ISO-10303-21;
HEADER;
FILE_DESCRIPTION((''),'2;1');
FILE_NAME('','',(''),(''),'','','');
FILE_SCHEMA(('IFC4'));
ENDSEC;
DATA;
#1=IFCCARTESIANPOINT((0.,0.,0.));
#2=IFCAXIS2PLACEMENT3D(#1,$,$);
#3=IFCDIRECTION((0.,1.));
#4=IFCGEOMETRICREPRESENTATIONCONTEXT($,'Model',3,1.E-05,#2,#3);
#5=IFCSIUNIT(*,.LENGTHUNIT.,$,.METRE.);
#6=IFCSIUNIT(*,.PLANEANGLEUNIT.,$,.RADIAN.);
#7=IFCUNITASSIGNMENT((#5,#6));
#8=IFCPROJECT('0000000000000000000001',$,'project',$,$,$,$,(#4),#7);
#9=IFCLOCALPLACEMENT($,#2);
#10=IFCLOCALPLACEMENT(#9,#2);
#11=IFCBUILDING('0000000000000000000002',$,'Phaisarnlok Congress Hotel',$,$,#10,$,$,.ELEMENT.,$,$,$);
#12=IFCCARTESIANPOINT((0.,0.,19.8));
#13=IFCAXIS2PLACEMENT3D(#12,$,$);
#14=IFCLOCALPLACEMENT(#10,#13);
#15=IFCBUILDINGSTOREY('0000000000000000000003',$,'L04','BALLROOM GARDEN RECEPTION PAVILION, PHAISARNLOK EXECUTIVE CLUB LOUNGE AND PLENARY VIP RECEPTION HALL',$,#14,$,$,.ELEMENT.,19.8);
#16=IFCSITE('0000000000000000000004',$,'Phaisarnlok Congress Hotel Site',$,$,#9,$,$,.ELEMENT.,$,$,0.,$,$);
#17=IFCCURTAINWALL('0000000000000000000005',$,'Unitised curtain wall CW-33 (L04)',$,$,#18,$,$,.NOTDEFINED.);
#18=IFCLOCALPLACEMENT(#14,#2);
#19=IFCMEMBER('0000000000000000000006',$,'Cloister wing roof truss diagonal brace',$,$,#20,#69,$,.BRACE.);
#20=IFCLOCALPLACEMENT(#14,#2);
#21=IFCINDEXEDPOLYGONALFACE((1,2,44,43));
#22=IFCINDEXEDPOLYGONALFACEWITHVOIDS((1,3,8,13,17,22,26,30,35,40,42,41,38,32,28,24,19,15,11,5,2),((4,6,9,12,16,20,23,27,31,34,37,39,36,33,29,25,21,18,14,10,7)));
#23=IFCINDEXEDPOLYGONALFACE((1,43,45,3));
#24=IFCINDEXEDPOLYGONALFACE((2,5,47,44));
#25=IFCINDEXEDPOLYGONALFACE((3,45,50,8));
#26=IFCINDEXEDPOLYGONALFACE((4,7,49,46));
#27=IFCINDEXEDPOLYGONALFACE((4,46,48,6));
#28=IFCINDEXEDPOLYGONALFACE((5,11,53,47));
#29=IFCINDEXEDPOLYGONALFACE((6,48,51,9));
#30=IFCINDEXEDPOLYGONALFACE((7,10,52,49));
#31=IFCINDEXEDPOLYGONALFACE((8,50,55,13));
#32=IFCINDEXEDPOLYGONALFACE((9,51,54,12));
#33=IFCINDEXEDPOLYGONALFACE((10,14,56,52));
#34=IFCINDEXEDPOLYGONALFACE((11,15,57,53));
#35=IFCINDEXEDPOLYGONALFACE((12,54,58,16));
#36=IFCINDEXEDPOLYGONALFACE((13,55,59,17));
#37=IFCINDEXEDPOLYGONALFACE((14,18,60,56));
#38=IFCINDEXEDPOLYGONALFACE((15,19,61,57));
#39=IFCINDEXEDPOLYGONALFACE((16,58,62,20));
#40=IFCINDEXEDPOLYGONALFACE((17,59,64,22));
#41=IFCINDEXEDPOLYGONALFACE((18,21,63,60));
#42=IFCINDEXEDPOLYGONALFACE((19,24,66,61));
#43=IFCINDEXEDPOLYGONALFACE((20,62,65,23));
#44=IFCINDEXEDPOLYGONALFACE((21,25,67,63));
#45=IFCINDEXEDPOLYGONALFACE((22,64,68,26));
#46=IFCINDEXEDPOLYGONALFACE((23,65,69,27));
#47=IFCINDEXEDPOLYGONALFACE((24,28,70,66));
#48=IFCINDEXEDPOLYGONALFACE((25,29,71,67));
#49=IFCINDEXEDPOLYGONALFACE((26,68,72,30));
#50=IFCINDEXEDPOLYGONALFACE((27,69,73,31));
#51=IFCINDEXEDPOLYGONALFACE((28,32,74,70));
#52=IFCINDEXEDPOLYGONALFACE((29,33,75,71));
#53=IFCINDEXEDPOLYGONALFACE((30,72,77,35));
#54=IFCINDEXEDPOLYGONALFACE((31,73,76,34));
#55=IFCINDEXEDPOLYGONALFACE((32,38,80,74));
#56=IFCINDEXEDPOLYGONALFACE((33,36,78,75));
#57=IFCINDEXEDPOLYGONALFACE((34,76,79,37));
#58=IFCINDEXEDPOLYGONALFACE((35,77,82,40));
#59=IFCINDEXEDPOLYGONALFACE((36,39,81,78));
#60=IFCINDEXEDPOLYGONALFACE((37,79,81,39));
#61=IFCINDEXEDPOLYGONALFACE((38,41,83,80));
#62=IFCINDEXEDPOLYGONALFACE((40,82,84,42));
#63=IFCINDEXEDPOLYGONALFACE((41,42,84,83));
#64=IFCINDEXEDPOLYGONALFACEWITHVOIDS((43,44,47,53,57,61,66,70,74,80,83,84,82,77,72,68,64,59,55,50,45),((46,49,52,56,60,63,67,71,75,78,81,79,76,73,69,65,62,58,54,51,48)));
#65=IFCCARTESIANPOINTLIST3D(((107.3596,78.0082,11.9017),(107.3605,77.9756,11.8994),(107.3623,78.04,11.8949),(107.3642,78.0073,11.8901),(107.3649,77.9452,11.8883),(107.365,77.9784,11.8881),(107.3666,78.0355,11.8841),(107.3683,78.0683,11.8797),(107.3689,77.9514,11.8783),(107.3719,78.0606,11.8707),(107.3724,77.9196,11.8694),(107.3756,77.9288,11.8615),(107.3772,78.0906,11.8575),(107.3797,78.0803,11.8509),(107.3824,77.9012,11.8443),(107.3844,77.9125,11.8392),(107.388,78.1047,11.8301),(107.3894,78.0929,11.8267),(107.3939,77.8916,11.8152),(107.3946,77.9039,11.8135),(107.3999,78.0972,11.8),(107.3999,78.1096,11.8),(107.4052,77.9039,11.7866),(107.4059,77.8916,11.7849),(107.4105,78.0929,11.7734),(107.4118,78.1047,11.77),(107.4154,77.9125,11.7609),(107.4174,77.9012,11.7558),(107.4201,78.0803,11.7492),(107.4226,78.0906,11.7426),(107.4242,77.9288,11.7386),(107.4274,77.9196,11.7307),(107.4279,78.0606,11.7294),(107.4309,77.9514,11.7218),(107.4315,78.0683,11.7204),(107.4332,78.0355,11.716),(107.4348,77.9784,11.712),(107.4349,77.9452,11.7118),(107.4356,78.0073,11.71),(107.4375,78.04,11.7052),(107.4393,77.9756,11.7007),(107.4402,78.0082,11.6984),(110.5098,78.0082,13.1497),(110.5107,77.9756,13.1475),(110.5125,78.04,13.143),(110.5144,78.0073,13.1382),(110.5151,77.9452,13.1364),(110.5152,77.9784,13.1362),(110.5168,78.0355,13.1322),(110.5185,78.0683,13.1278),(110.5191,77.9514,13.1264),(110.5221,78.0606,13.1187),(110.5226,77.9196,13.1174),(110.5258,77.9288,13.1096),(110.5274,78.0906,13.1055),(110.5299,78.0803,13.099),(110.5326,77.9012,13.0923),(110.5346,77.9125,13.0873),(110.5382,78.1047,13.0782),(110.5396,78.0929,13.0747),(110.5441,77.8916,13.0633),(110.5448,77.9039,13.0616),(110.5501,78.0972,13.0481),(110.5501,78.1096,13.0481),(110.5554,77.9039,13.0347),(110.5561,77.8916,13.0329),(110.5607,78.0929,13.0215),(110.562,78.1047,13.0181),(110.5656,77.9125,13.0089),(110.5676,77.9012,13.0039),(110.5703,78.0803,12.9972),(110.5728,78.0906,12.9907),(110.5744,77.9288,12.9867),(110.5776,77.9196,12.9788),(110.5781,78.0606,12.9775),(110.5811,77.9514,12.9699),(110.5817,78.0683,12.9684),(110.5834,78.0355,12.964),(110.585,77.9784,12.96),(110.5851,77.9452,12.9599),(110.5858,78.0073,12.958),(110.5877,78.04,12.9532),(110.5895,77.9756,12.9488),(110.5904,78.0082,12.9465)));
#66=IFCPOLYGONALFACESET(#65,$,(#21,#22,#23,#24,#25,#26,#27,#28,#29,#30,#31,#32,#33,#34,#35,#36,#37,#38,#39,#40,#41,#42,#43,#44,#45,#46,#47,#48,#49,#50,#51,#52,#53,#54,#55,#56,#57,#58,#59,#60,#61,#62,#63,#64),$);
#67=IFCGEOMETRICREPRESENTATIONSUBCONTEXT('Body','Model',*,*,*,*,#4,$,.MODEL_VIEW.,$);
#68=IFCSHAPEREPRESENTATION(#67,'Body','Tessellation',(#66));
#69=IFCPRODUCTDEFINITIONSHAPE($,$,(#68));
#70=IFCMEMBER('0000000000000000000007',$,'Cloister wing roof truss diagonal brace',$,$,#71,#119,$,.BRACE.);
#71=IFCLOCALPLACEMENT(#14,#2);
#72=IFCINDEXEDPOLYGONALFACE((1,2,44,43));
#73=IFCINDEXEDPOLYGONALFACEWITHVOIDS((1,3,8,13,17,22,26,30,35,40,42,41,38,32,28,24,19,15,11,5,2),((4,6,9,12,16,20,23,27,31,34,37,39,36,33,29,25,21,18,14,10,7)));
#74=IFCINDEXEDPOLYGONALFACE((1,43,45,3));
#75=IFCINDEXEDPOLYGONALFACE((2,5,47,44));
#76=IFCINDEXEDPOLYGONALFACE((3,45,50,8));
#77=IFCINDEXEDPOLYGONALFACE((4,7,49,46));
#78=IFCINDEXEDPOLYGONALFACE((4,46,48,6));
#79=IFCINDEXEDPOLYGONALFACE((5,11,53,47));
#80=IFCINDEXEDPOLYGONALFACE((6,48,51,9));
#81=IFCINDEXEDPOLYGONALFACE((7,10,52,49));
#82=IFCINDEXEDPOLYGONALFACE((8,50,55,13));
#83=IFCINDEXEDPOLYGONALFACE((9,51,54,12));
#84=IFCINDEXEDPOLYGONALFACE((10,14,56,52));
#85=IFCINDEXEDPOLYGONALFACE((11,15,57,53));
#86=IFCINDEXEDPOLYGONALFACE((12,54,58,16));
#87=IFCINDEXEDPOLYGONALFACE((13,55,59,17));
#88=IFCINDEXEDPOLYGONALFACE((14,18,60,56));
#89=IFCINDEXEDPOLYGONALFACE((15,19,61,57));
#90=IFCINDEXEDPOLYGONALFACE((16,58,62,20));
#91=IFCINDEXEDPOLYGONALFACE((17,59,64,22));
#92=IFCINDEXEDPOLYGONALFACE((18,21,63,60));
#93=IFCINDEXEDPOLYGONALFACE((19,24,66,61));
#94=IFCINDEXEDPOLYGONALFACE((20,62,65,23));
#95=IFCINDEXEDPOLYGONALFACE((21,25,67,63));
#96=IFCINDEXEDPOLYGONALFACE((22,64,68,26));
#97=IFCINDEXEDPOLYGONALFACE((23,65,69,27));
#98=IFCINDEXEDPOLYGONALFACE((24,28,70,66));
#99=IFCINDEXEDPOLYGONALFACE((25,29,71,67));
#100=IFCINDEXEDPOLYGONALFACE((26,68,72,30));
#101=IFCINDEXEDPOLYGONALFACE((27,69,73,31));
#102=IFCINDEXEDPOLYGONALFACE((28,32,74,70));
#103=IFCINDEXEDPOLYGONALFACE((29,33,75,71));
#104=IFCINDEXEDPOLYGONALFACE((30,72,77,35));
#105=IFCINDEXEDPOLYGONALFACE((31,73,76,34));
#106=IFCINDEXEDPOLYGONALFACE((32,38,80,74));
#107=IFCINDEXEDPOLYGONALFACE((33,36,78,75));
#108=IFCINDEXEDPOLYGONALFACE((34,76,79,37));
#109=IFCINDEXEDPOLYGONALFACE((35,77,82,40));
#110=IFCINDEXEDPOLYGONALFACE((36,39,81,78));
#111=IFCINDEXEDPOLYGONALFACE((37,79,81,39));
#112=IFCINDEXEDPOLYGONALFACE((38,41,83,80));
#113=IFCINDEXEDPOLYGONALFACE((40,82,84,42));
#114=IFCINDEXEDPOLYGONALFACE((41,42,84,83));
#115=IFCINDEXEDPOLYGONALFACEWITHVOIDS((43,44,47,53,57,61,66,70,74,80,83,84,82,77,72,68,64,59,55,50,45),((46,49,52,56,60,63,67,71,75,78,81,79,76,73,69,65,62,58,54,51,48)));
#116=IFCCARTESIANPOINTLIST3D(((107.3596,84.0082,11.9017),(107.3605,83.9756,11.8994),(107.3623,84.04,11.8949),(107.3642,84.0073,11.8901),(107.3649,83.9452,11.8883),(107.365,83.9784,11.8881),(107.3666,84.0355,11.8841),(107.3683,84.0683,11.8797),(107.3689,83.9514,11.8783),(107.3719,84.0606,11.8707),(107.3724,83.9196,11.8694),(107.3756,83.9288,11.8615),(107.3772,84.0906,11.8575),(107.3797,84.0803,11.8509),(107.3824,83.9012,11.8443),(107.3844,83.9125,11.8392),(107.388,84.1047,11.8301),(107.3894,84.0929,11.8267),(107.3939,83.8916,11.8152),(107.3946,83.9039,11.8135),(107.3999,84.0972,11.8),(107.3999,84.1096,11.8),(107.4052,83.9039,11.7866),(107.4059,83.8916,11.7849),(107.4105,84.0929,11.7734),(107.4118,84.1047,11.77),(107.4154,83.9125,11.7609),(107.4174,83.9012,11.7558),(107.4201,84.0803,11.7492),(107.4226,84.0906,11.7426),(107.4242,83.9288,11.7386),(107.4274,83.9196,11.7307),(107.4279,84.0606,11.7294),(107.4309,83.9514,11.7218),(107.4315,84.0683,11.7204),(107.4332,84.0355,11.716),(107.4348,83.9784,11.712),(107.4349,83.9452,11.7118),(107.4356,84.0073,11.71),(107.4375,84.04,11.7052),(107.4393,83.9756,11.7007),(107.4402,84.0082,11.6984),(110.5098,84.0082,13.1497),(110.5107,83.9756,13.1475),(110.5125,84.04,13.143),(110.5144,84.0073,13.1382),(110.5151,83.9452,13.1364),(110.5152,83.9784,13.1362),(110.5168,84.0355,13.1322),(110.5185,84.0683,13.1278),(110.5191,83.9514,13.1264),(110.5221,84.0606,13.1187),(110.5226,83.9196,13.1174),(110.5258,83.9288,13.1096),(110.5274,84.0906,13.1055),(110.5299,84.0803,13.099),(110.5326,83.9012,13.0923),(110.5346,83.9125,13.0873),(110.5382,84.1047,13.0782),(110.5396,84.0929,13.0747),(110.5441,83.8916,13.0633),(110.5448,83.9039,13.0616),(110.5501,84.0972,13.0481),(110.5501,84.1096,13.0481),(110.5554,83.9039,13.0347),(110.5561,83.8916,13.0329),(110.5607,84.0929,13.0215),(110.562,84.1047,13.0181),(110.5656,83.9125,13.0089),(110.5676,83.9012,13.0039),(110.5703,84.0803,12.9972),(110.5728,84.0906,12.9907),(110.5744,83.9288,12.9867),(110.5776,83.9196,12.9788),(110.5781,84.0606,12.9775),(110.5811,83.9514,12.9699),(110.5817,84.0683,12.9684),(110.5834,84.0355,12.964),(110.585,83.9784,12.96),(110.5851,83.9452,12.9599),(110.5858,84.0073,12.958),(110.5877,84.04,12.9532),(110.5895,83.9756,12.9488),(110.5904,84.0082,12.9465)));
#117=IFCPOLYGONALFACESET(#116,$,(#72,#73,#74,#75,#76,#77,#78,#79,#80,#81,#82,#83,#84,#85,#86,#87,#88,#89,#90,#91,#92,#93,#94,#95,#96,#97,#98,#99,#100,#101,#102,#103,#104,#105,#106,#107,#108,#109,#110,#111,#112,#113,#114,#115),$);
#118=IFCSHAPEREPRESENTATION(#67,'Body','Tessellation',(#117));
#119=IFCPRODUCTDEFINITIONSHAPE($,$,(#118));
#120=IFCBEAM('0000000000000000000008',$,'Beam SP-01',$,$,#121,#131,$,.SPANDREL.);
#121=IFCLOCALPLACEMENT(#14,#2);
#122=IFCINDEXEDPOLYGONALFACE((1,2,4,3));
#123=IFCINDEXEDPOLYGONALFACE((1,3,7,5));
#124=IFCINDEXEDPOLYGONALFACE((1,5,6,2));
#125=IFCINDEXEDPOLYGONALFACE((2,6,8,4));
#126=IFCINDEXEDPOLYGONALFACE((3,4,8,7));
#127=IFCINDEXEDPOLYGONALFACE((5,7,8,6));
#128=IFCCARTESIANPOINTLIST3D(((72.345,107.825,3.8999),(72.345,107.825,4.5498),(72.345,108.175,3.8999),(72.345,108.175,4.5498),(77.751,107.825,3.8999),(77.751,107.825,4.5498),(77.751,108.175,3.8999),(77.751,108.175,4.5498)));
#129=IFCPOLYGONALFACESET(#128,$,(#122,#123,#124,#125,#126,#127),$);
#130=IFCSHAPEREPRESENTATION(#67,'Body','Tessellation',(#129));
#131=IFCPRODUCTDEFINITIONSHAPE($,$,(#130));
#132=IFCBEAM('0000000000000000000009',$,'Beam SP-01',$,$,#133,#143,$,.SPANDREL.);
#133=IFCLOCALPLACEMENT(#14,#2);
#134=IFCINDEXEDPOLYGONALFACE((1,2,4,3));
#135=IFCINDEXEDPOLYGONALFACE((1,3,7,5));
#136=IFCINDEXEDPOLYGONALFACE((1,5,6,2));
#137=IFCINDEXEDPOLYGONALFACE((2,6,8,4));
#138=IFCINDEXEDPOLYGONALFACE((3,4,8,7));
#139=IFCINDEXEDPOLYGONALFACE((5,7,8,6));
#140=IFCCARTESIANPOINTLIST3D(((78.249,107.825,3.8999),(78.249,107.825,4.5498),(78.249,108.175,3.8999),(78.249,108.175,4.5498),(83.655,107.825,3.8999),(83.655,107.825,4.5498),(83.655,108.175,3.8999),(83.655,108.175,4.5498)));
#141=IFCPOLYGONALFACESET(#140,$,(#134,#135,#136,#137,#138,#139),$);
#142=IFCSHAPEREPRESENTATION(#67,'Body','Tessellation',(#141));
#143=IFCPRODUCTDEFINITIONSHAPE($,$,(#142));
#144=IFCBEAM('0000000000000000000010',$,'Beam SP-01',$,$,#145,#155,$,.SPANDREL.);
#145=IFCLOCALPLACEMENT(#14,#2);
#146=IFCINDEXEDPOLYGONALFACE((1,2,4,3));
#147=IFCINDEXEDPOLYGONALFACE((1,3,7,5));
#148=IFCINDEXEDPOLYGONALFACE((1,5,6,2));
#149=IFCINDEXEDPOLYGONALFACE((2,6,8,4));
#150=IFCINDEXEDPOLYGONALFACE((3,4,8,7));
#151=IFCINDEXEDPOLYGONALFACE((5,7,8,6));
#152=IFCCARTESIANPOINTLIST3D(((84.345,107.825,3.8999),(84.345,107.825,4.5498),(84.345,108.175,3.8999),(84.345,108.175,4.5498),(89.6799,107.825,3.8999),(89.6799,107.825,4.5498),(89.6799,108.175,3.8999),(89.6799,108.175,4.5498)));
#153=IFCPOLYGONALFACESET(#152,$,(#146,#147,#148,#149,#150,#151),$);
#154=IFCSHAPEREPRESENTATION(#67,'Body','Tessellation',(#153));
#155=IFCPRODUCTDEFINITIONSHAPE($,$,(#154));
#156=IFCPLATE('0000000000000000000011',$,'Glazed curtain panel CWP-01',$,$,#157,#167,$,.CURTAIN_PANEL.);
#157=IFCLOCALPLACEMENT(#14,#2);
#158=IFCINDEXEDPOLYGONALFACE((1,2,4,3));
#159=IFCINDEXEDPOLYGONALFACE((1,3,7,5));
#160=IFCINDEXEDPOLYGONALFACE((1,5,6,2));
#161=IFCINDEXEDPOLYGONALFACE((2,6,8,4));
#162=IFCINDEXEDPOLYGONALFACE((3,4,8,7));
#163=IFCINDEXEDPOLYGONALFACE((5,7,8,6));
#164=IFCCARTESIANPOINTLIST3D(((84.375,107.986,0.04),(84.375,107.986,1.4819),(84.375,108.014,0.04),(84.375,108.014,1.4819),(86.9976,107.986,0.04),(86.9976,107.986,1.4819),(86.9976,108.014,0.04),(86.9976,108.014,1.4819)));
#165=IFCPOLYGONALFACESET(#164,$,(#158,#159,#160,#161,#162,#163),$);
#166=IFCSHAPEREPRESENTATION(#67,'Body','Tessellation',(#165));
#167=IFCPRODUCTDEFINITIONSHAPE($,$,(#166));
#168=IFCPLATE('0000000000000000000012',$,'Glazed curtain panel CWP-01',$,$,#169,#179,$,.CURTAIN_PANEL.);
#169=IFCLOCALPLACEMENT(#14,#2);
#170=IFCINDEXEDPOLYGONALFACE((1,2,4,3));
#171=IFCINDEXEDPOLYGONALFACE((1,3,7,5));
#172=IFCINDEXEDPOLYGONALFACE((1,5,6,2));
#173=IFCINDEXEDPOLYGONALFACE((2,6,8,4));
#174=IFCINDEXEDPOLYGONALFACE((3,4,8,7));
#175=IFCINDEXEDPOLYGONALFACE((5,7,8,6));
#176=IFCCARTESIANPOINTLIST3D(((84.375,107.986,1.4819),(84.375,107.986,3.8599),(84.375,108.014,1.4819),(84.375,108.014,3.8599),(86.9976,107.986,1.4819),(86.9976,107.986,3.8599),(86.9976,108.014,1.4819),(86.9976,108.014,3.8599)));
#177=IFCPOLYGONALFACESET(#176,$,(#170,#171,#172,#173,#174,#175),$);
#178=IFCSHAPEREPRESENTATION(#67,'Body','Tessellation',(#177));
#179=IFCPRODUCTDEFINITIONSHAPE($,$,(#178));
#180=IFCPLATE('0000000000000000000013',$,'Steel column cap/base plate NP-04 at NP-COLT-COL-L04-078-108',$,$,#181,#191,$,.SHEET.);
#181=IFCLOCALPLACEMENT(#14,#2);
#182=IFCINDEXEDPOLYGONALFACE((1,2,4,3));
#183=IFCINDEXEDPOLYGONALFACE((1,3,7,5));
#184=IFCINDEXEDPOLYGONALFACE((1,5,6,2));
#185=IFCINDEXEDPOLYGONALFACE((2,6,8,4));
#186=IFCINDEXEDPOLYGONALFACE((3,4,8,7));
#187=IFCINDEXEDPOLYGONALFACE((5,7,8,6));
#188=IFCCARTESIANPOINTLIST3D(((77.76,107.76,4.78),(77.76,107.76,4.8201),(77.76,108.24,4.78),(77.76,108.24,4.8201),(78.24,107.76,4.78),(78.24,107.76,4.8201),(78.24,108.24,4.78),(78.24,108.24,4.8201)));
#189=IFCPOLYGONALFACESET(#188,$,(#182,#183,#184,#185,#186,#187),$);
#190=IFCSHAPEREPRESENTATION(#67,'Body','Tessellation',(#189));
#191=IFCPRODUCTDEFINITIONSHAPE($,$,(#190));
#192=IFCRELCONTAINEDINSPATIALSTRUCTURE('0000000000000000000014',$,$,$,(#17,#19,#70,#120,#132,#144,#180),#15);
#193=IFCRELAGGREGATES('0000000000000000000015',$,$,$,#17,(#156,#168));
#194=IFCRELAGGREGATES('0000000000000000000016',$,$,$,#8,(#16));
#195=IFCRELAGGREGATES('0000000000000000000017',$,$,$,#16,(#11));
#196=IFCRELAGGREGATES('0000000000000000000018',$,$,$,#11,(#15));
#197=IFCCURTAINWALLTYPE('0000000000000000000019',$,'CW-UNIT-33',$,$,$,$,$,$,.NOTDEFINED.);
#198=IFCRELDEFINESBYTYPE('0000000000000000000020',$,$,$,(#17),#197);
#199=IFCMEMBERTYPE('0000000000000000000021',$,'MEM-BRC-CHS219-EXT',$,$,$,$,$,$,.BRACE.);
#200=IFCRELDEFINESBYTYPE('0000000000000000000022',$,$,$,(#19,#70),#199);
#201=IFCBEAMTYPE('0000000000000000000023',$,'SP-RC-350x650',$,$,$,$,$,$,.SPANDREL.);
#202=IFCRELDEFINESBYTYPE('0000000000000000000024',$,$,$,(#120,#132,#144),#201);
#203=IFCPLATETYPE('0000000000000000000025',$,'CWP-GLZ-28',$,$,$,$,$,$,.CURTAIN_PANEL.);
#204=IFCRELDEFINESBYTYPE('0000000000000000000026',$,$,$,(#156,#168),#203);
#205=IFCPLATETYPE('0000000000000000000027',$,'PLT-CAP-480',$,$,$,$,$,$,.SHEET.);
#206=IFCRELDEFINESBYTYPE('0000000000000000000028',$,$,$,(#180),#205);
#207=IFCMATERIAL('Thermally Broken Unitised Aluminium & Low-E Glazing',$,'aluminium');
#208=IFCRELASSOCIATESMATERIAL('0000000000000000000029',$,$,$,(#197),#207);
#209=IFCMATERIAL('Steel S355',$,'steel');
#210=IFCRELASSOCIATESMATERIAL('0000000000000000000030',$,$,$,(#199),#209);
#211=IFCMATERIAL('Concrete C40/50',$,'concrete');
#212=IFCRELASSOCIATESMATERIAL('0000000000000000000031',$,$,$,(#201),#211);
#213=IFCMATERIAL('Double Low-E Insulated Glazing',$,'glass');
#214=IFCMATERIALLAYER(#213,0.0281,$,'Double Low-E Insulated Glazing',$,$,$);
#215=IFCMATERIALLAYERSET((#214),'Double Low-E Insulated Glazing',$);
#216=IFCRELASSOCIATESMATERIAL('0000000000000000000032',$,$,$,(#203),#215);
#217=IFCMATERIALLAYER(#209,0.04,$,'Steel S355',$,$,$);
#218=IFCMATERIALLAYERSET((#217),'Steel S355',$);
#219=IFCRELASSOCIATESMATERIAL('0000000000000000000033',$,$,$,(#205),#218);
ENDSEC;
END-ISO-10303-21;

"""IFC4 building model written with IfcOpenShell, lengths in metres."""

from ifc_helpers import new_model, si_unit, direction, frame, frame_2d, origin, origin_2d, place, context, subcontext, project, spatial, rectangle, hollow_circle, extrude, material, layer, layer_set, material_profile, profile_set, type_object, element, aggregate, save


model = new_model("IFC4")

# Units and contexts
model_context = context("Model", 3, precision=1e-05, world=origin(), true_north=direction((0.0, 1.0)))
body_context = subcontext(model_context, "Body", "Model", "MODEL_VIEW")
ifc_project = project(units=[si_unit("LENGTHUNIT", "METRE"), si_unit("PLANEANGLEUNIT", "RADIAN")], contexts=[model_context])

# Site, building, storey
site_placement = place(None, origin())
site = spatial("IfcSite", under=ifc_project, at=site_placement, Name="Phaisarnlok Congress Hotel Site", CompositionType="ELEMENT", RefElevation=0.0)
building_placement = place(site_placement, origin())
building = spatial("IfcBuilding", under=site, at=building_placement, Name="Phaisarnlok Congress Hotel", CompositionType="ELEMENT")
storey_placement = place(building_placement, frame((0.0, 0.0, 19.8)))
storey = spatial("IfcBuildingStorey", under=building, at=storey_placement, Name="L04", Description="BALLROOM GARDEN RECEPTION PAVILION, PHAISARNLOK EXECUTIVE CLUB LOUNGE AND PLENARY VIP RECEPTION HALL", CompositionType="ELEMENT", Elevation=19.8)

# Shared definitions
ifc_material_1 = material(Name="Steel S355", Category="steel")

# Curtain wall
ifc_material_2 = material(Name="Thermally Broken Unitised Aluminium & Low-E Glazing", Category="aluminium")
curtain_wall_type = type_object("IfcCurtainWallType", Name="CW-UNIT-33", PredefinedType="NOTDEFINED", material=ifc_material_2)
curtain_wall_placement = place(storey_placement, origin())
curtain_wall = element("IfcCurtainWall", 1, at=curtain_wall_placement, inside=storey, type_object=curtain_wall_type, Name="Unitised curtain wall CW-33 (L04)", PredefinedType="NOTDEFINED")

# Members
ifc_material_profile_1 = material_profile(ifc_material_1, hollow_circle(Radius=0.1096, WallThickness=0.0125, at=origin_2d()), Name="CHS 219.1x12.5")
ifc_profile_set_1 = profile_set([ifc_material_profile_1], Name="Steel S355")
member_type_1 = type_object("IfcMemberType", Name="MEM-BRC-CHS219-EXT", PredefinedType="BRACE", material=ifc_profile_set_1)
for number, where, z_axis, x_axis, name in (
    (2, (107.3999, 78.0, 11.8), (0.929694, 0.0, 0.368333), (0.0, 1.0, 0.0), "Cloister wing roof truss diagonal brace"),
    (3, (107.3999, 84.0, 11.8), (0.929694, 0.0, 0.368333), (0.0, 1.0, 0.0), "Cloister wing roof truss diagonal brace"),
):
    element("IfcMember", number, at=place(storey_placement, frame(where, z_axis=z_axis, x_axis=x_axis)), inside=storey, type_object=member_type_1, Name=name, PredefinedType="BRACE", context=body_context, shape_type="SweptSolid", body=[
        extrude(hollow_circle(Radius=0.1096, WallThickness=0.0125, at=origin_2d()), origin(), (0.0, 0.0, 1.0), 3.3884),
    ])

# Beams
ifc_material_3 = material(Name="Concrete C40/50", Category="concrete")
ifc_material_profile_2 = material_profile(ifc_material_3, rectangle(XDim=0.3501, YDim=0.6499, at=origin_2d()), Name="RC 350x650")
ifc_profile_set_2 = profile_set([ifc_material_profile_2], Name="Concrete C40/50")
beam_type_1 = type_object("IfcBeamType", Name="SP-RC-350x650", PredefinedType="SPANDREL", material=ifc_profile_set_2)
for number, where, z_axis, x_axis, name in (
    (4, (72.345, 108.0, 4.2249), (1.0, 0.0, 0.0), (0.0, 1.0, 0.0), "Beam SP-01"),
    (5, (78.249, 108.0, 4.2249), (1.0, 0.0, 0.0), (0.0, 1.0, 0.0), "Beam SP-01"),
):
    element("IfcBeam", number, at=place(storey_placement, frame(where, z_axis=z_axis, x_axis=x_axis)), inside=storey, type_object=beam_type_1, Name=name, PredefinedType="SPANDREL", context=body_context, shape_type="SweptSolid", body=[
        extrude(rectangle(XDim=0.3501, YDim=0.6499, at=origin_2d()), origin(), (0.0, 0.0, 1.0), 5.406),
    ])
beam_1_placement = place(storey_placement, frame((84.345, 108.0, 4.2249), z_axis=(1.0, 0.0, 0.0), x_axis=(0.0, 1.0, 0.0)))
element("IfcBeam", 6, at=beam_1_placement, inside=storey, type_object=beam_type_1, Name="Beam SP-01", PredefinedType="SPANDREL", context=body_context, shape_type="SweptSolid", body=[
    extrude(rectangle(XDim=0.3501, YDim=0.6499, at=origin_2d()), origin(), (0.0, 0.0, 1.0), 5.335),
])

# Plates
ifc_material_4 = material(Name="Double Low-E Insulated Glazing", Category="glass")
ifc_layer_1 = layer(ifc_material_4, 0.0281, Name="Double Low-E Insulated Glazing")
ifc_layer_set_1 = layer_set([ifc_layer_1], Name="Double Low-E Insulated Glazing")
plate_type_1 = type_object("IfcPlateType", Name="CWP-GLZ-28", PredefinedType="CURTAIN_PANEL", material=ifc_layer_set_1)
plate_1_placement = place(storey_placement, frame((84.375, 108.0, 0.04), z_axis=(0.0, 0.0, 1.0), x_axis=(1.0, 0.0, 0.0)))
plate_1 = element("IfcPlate", 7, at=plate_1_placement, type_object=plate_type_1, Name="Glazed curtain panel CWP-01", PredefinedType="CURTAIN_PANEL", context=body_context, shape_type="SweptSolid", body=[
    extrude(rectangle(XDim=2.6226, YDim=0.0281, at=frame_2d((1.3113, 0.0))), origin(), (0.0, 0.0, 1.0), 1.4419),
])
plate_2_placement = place(storey_placement, frame((84.375, 108.0, 1.4819), z_axis=(0.0, 0.0, 1.0), x_axis=(1.0, 0.0, 0.0)))
plate_2 = element("IfcPlate", 8, at=plate_2_placement, type_object=plate_type_1, Name="Glazed curtain panel CWP-01", PredefinedType="CURTAIN_PANEL", context=body_context, shape_type="SweptSolid", body=[
    extrude(rectangle(XDim=2.6226, YDim=0.0281, at=frame_2d((1.3113, 0.0))), origin(), (0.0, 0.0, 1.0), 2.3779),
])
aggregate(curtain_wall, [plate_1, plate_2])

# Plate
ifc_layer_2 = layer(ifc_material_1, 0.04, Name="Steel S355")
ifc_layer_set_2 = layer_set([ifc_layer_2], Name="Steel S355")
plate_type_2 = type_object("IfcPlateType", Name="PLT-CAP-480", PredefinedType="SHEET", material=ifc_layer_set_2)
plate_3_placement = place(storey_placement, frame((78.0, 108.0, 4.78), z_axis=(0.0, 0.0, 1.0), x_axis=(1.0, 0.0, 0.0)))
element("IfcPlate", 9, at=plate_3_placement, inside=storey, type_object=plate_type_2, Name="Steel column cap/base plate NP-04 at NP-COLT-COL-L04-078-108", PredefinedType="SHEET", context=body_context, shape_type="SweptSolid", body=[
    extrude(rectangle(XDim=0.48, YDim=0.48, at=origin_2d()), origin(), (0.0, 0.0, 1.0), 0.04),
])

save(model, "model.ifc")
